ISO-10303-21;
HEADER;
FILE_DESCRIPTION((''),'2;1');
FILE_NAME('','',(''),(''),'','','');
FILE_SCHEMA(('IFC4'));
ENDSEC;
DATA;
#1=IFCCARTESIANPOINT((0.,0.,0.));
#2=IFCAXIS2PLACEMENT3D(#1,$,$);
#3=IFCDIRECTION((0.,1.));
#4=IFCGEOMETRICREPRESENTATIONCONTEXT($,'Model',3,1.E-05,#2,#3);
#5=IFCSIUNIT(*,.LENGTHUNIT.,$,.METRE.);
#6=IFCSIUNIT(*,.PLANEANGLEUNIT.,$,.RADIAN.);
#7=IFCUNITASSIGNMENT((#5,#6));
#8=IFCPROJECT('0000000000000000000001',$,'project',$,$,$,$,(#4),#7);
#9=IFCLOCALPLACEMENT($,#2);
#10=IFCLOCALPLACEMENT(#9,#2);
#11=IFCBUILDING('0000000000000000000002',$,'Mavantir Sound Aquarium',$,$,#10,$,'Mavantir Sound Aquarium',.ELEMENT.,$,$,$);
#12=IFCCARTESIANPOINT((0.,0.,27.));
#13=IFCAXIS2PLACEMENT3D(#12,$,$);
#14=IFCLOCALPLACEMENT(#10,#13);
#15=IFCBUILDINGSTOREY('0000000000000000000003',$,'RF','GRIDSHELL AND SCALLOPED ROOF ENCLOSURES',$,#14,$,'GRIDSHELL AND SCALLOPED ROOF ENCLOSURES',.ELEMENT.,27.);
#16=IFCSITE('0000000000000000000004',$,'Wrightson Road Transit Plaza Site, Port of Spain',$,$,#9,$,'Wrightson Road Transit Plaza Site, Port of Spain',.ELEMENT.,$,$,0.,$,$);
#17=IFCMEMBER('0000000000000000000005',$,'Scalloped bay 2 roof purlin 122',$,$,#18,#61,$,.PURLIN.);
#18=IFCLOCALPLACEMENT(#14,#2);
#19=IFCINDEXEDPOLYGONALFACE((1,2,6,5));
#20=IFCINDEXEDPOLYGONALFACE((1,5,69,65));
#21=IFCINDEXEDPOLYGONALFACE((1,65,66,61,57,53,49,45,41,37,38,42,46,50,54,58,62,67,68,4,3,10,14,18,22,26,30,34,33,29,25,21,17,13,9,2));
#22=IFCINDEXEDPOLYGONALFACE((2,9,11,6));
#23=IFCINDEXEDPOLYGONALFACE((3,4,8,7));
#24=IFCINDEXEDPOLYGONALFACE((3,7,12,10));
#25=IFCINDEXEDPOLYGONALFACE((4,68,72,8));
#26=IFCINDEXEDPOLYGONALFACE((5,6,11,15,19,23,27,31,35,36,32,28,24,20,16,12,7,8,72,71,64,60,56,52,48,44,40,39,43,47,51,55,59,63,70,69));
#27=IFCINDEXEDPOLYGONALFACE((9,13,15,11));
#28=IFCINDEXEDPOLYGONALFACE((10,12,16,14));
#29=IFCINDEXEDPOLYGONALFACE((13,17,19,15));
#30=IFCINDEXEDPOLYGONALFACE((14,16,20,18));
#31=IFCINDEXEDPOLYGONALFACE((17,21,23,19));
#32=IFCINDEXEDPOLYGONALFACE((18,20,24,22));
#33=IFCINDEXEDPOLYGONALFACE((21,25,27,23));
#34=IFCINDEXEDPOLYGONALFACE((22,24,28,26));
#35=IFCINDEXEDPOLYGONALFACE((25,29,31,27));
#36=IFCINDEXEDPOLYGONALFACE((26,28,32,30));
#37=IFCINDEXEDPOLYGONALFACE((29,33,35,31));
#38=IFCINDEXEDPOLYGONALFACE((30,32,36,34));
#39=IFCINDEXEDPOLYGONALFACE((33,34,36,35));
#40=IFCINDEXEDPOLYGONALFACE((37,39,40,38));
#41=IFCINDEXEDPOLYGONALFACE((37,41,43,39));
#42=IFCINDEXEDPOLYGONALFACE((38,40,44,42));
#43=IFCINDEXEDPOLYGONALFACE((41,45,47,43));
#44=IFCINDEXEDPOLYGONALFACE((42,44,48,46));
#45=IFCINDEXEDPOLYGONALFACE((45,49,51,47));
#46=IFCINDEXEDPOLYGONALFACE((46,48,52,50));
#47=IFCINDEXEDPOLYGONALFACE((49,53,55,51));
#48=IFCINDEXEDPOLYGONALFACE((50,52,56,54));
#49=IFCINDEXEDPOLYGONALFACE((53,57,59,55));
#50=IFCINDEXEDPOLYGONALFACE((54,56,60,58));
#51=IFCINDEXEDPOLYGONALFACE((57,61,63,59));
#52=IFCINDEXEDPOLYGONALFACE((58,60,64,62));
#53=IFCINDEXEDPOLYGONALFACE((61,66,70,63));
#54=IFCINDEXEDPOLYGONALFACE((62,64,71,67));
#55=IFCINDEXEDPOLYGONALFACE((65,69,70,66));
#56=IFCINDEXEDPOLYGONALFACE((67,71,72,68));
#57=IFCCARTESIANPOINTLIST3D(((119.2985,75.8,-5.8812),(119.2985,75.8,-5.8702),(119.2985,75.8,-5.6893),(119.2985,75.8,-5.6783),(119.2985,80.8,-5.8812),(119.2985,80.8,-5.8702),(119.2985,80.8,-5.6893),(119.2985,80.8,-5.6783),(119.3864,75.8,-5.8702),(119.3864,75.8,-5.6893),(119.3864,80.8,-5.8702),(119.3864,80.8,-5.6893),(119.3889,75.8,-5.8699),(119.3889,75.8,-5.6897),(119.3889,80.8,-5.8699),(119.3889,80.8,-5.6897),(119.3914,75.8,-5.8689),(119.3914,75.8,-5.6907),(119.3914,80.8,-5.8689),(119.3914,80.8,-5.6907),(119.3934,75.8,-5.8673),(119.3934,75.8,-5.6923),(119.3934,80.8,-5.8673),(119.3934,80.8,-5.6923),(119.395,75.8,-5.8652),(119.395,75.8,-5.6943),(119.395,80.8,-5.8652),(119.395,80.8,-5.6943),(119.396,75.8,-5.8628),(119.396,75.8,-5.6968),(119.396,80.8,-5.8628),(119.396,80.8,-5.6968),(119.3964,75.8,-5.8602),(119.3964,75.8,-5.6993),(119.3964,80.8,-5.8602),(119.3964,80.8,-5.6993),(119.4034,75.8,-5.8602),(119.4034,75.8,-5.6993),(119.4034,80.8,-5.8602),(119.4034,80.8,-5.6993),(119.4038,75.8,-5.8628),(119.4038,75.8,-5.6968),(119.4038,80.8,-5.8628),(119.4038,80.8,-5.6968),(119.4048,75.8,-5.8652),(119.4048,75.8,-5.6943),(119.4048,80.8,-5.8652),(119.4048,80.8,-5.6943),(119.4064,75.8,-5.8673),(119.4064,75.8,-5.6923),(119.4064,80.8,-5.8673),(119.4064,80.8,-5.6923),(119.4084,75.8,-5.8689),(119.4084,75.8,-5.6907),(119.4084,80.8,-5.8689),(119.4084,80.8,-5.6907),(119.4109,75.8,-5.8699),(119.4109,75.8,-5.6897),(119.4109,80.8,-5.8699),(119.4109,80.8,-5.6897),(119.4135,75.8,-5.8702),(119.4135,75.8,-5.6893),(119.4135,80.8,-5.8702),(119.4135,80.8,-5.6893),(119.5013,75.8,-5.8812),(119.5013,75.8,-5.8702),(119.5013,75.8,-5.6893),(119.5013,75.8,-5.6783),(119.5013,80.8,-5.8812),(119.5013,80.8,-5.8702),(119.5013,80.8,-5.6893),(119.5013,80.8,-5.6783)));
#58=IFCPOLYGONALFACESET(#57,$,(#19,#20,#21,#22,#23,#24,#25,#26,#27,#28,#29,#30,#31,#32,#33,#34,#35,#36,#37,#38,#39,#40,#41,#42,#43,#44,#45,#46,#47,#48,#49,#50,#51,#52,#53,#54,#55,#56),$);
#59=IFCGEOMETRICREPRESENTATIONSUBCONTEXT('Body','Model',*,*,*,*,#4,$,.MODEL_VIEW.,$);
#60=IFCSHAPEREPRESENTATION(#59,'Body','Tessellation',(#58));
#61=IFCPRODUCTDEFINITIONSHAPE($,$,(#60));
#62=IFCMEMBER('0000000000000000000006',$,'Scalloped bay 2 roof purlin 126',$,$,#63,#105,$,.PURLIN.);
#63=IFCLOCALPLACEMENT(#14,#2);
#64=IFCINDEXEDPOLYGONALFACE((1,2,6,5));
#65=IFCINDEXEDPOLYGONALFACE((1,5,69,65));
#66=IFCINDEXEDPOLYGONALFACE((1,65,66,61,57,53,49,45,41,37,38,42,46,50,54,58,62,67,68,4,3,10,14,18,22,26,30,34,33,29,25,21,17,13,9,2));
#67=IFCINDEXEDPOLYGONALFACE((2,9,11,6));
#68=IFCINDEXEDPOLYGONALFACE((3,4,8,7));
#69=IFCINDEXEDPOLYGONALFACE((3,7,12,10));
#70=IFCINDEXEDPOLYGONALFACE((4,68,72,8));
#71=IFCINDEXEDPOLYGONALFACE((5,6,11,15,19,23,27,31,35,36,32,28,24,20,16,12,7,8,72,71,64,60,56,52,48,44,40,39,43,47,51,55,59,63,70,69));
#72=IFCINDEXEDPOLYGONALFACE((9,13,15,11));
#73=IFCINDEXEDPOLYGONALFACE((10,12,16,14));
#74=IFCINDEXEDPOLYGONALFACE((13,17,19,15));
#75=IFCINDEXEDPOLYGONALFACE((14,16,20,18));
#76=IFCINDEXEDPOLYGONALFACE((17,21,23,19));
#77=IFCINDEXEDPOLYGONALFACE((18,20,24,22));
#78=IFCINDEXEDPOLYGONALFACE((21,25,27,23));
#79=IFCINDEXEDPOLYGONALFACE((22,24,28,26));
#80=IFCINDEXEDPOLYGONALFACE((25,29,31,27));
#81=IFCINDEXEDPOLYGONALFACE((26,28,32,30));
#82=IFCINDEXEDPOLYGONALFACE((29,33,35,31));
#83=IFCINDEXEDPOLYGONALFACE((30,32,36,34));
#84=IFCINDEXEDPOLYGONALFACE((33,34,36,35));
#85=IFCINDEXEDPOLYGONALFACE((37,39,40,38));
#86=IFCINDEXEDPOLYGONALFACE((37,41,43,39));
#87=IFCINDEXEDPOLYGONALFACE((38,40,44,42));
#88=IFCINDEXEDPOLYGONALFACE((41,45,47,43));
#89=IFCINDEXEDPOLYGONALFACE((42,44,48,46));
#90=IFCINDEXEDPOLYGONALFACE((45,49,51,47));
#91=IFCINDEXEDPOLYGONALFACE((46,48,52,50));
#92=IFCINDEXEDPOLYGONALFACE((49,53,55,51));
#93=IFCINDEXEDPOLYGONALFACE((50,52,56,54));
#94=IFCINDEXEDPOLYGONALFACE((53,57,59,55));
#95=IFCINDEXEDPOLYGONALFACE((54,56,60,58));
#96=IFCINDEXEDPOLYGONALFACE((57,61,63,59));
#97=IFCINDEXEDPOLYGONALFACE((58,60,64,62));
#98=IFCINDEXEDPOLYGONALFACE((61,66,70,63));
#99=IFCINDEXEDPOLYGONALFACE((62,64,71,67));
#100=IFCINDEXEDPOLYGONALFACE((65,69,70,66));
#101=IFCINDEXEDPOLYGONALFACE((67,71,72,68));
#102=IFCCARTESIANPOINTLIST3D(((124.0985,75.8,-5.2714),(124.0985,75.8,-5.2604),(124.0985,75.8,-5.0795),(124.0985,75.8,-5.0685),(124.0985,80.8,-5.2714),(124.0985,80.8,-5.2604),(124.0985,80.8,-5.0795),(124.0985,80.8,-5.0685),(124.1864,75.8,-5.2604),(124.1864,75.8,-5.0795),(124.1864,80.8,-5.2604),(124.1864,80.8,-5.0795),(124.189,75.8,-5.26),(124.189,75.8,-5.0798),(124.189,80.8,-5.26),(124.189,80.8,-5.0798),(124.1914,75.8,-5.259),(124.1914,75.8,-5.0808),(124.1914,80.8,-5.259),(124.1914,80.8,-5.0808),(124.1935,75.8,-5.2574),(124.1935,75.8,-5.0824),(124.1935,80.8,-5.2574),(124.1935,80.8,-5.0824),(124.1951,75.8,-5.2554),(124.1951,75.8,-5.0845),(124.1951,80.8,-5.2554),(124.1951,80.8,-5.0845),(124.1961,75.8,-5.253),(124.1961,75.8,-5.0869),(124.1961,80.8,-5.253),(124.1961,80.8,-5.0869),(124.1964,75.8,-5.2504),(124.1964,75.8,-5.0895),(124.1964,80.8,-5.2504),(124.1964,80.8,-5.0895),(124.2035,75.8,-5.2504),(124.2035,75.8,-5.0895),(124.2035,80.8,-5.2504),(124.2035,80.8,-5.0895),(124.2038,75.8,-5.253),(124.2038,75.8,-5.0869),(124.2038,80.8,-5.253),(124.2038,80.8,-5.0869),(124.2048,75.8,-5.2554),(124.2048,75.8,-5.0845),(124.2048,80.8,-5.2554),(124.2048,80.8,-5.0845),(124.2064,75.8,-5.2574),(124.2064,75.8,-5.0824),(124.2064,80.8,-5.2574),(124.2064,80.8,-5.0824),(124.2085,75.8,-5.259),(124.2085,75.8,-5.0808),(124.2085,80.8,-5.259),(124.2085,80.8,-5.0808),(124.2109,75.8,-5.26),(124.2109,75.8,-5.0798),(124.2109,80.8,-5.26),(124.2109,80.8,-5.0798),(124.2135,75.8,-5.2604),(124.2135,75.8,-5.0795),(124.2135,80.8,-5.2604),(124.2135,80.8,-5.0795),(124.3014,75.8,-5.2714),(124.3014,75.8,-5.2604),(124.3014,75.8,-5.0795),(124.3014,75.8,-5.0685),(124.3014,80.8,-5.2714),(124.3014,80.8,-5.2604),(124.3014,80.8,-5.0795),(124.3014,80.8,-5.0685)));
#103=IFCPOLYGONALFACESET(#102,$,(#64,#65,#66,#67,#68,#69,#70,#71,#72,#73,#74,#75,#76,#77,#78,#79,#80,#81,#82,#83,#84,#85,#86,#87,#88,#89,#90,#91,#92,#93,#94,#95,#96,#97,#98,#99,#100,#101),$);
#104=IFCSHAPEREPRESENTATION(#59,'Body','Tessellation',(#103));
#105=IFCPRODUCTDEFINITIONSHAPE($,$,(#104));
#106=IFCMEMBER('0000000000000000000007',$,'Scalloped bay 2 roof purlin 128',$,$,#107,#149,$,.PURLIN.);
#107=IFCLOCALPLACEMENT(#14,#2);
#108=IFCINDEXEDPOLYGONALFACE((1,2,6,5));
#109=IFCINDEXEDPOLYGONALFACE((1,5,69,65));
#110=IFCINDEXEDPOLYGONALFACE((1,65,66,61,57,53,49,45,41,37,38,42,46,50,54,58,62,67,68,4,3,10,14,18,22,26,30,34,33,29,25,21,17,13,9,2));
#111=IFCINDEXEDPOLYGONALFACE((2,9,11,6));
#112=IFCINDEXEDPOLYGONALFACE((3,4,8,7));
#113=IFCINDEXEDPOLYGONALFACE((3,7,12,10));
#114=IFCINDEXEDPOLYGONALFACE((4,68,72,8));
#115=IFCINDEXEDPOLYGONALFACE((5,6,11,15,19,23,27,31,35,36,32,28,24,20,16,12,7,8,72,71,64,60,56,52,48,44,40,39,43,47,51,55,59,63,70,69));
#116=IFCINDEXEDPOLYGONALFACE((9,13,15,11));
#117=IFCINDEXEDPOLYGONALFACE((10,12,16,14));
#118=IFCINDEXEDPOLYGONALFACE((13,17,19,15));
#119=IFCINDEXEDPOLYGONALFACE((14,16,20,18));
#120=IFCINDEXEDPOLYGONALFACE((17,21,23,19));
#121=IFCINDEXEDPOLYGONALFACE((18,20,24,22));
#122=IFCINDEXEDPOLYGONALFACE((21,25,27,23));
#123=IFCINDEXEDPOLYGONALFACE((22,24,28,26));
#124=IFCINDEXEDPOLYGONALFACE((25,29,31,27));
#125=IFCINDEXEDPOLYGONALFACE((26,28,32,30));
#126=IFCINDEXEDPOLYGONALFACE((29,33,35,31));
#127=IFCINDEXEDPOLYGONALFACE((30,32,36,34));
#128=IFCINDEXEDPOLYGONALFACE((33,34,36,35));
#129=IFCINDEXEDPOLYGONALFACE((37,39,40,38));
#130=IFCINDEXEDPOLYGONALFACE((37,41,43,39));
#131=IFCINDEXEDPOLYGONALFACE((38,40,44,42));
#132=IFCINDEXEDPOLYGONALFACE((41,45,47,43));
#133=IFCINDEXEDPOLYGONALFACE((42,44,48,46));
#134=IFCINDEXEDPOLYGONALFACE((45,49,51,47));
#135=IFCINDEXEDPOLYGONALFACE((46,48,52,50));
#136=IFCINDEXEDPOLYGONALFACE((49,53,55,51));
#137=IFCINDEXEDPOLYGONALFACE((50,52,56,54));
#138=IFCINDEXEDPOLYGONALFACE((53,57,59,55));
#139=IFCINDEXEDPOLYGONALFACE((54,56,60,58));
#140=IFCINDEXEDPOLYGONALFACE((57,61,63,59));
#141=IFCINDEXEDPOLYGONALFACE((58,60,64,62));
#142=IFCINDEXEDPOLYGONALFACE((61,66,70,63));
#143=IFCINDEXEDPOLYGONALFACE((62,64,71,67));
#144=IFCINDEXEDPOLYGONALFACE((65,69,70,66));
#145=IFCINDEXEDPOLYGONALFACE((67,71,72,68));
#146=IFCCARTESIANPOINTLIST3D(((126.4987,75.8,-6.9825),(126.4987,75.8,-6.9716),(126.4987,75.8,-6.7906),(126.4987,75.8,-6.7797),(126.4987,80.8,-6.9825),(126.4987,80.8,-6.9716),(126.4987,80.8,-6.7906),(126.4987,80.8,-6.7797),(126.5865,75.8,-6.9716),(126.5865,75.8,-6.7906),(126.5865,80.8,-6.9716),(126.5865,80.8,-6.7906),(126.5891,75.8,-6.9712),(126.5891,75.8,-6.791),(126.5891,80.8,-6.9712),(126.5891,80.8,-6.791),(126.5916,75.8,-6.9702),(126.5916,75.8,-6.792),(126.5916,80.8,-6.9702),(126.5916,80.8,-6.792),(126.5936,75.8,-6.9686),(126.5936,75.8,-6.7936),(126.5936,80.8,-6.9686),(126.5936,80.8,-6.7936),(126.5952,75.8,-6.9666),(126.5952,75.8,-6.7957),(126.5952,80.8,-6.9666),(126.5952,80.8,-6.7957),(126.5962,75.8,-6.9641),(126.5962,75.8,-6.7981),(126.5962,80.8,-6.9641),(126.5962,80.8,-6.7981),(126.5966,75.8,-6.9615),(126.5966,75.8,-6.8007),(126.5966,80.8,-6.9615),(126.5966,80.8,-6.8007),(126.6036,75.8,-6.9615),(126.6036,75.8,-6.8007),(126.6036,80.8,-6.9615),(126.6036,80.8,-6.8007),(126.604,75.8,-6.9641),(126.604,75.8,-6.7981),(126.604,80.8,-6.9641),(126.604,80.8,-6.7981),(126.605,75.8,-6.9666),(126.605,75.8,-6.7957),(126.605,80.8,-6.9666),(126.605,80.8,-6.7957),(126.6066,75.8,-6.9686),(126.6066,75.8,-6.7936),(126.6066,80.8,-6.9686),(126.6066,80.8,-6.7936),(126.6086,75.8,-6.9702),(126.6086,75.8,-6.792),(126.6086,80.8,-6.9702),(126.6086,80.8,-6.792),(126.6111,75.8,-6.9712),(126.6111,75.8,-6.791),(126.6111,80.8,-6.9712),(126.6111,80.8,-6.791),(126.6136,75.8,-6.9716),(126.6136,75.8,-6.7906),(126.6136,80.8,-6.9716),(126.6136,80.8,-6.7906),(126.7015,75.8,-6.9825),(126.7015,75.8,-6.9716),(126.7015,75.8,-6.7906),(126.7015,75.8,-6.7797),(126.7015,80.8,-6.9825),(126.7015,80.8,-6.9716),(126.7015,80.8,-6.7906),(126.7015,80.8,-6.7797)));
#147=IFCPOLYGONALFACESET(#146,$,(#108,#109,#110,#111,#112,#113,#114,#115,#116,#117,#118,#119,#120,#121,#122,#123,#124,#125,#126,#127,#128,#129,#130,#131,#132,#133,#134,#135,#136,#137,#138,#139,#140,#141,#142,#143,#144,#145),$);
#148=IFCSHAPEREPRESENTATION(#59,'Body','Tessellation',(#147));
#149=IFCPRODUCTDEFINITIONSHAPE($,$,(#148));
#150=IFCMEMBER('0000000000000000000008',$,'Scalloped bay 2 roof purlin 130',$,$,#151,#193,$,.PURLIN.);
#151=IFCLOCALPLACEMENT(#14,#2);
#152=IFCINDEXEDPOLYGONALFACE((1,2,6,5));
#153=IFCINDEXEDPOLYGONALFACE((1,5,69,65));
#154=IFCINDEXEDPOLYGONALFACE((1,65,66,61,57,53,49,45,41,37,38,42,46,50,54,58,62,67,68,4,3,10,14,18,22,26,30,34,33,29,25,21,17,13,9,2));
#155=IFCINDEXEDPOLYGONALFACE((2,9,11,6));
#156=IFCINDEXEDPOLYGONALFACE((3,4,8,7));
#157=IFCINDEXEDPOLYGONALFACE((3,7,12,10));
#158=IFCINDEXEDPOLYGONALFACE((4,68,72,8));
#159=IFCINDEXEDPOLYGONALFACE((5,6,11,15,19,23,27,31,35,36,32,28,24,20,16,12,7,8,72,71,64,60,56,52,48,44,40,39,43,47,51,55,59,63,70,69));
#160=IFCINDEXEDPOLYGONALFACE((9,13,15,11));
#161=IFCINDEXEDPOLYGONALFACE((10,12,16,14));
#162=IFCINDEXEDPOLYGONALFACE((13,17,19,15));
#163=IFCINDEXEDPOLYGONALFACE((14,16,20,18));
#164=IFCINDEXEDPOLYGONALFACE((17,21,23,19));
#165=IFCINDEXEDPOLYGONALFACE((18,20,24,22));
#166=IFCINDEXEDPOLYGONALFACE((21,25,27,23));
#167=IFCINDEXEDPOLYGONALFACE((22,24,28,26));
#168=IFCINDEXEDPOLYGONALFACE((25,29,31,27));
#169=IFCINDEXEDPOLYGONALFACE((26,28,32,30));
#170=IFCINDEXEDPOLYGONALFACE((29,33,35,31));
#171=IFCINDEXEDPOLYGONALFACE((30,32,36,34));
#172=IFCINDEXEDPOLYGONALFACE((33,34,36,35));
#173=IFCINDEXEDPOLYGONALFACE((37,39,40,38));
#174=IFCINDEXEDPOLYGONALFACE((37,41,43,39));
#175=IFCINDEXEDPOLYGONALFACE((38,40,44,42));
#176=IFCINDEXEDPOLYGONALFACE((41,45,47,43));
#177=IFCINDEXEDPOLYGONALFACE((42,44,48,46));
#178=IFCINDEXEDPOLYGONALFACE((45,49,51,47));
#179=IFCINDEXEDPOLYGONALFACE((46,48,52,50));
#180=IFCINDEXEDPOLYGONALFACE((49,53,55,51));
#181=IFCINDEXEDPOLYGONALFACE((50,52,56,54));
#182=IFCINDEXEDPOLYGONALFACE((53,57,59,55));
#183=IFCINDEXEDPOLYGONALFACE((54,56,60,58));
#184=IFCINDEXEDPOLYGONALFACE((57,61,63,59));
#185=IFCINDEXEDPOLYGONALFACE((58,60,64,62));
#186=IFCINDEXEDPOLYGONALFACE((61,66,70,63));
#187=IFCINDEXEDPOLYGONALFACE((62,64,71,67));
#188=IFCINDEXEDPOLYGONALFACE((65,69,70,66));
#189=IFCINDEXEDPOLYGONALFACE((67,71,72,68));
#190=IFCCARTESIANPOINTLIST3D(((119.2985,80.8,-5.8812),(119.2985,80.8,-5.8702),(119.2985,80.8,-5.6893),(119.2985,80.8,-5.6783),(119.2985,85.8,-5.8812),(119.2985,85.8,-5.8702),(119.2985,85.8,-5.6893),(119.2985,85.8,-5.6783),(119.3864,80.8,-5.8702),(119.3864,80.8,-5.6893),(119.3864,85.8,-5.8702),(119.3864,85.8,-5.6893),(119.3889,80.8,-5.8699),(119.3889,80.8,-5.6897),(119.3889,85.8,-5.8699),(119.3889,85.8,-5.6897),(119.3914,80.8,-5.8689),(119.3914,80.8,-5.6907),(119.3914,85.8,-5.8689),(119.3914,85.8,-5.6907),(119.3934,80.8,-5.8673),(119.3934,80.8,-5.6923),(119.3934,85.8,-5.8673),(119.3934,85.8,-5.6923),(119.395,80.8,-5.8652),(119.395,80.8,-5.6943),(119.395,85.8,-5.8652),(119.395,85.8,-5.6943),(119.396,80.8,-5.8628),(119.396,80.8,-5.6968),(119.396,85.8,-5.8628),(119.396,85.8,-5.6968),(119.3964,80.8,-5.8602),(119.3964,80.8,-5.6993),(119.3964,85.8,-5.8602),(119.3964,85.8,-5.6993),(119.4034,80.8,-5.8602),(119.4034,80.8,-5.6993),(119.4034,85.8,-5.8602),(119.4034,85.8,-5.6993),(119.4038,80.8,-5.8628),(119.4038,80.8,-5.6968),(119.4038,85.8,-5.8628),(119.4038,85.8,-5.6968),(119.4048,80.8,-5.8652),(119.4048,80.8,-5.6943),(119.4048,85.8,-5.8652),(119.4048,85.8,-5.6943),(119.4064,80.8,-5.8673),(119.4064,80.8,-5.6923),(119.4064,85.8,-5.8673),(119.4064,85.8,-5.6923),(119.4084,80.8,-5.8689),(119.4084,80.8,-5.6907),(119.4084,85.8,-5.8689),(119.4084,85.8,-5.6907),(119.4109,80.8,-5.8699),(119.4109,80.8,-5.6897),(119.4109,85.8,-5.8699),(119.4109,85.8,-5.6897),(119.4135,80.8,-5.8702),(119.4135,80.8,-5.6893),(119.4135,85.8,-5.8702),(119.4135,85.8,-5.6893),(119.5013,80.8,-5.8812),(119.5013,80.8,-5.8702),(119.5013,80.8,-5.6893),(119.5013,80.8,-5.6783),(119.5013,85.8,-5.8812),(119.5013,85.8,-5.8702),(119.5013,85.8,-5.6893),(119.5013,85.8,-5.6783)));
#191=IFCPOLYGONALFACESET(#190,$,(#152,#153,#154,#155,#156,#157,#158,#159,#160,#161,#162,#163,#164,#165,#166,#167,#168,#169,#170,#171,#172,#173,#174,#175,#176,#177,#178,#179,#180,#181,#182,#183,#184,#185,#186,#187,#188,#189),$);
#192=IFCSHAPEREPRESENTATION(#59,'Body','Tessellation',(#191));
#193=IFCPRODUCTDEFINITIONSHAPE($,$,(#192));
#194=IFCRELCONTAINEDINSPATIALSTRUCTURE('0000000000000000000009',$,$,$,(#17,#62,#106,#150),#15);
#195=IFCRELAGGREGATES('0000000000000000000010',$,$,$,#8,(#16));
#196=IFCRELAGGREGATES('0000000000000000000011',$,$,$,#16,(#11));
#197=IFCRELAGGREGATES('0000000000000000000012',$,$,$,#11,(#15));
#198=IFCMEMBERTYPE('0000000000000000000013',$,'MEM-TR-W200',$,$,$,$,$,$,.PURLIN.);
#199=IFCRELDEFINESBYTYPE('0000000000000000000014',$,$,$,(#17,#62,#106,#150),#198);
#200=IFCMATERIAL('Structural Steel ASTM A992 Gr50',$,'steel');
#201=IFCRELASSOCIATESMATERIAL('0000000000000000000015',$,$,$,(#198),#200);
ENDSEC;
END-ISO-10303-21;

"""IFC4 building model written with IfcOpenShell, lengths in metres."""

from ifc_helpers import new_model, si_unit, direction, frame, origin, origin_2d, place, context, subcontext, project, spatial, i_section, extrude, material, material_profile, profile_set, type_object, element, save


model = new_model("IFC4")

# Units and contexts
model_context = context("Model", 3, precision=1e-05, world=origin(), true_north=direction((0.0, 1.0)))
body_context = subcontext(model_context, "Body", "Model", "MODEL_VIEW")
ifc_project = project(units=[si_unit("LENGTHUNIT", "METRE"), si_unit("PLANEANGLEUNIT", "RADIAN")], contexts=[model_context])

# Site, building, storey
site_placement = place(None, origin())
site = spatial("IfcSite", under=ifc_project, at=site_placement, Name="Wrightson Road Transit Plaza Site, Port of Spain", LongName="Wrightson Road Transit Plaza Site, Port of Spain", CompositionType="ELEMENT", RefElevation=0.0)
building_placement = place(site_placement, origin())
building = spatial("IfcBuilding", under=site, at=building_placement, Name="Mavantir Sound Aquarium", LongName="Mavantir Sound Aquarium", CompositionType="ELEMENT")
storey_placement = place(building_placement, frame((0.0, 0.0, 27.0)))
storey = spatial("IfcBuildingStorey", under=building, at=storey_placement, Name="RF", Description="GRIDSHELL AND SCALLOPED ROOF ENCLOSURES", LongName="GRIDSHELL AND SCALLOPED ROOF ENCLOSURES", CompositionType="ELEMENT", Elevation=27.0)

# Shared definitions
ifc_material_1 = material(Name="Structural Steel ASTM A992 Gr50", Category="steel")

# Members
ifc_material_profile_1 = material_profile(ifc_material_1, i_section(OverallWidth=0.2029, OverallDepth=0.2029, WebThickness=0.0071, FlangeThickness=0.011, FilletRadius=0.01, at=origin_2d()), Name="W200X46")
ifc_profile_set_1 = profile_set([ifc_material_profile_1], Name="Structural Steel ASTM A992 Gr50")
member_type_1 = type_object("IfcMemberType", Name="MEM-TR-W200", PredefinedType="PURLIN", material=ifc_profile_set_1)
for number, where, z_axis, x_axis, name in (
    (1, (119.3999, 75.8, -5.7798), (0.0, 1.0, 0.0), (-1.0, 0.0, 0.0), "Scalloped bay 2 roof purlin 122"),
    (2, (124.2, 75.8, -5.1699), (0.0, 1.0, 0.0), (-1.0, 0.0, 0.0), "Scalloped bay 2 roof purlin 126"),
    (3, (126.6001, 75.8, -6.8811), (0.0, 1.0, 0.0), (-1.0, 0.0, 0.0), "Scalloped bay 2 roof purlin 128"),
    (4, (119.3999, 80.8, -5.7798), (0.0, 1.0, 0.0), (-1.0, 0.0, 0.0), "Scalloped bay 2 roof purlin 130"),
):
    element("IfcMember", number, at=place(storey_placement, frame(where, z_axis=z_axis, x_axis=x_axis)), inside=storey, type_object=member_type_1, Name=name, PredefinedType="PURLIN", context=body_context, shape_type="SweptSolid", body=[
        extrude(i_section(OverallWidth=0.2029, OverallDepth=0.2029, WebThickness=0.0071, FlangeThickness=0.011, FilletRadius=0.01, at=origin_2d()), origin(), (0.0, 0.0, 1.0), 5.0),
    ])

save(model, "model.ifc")
